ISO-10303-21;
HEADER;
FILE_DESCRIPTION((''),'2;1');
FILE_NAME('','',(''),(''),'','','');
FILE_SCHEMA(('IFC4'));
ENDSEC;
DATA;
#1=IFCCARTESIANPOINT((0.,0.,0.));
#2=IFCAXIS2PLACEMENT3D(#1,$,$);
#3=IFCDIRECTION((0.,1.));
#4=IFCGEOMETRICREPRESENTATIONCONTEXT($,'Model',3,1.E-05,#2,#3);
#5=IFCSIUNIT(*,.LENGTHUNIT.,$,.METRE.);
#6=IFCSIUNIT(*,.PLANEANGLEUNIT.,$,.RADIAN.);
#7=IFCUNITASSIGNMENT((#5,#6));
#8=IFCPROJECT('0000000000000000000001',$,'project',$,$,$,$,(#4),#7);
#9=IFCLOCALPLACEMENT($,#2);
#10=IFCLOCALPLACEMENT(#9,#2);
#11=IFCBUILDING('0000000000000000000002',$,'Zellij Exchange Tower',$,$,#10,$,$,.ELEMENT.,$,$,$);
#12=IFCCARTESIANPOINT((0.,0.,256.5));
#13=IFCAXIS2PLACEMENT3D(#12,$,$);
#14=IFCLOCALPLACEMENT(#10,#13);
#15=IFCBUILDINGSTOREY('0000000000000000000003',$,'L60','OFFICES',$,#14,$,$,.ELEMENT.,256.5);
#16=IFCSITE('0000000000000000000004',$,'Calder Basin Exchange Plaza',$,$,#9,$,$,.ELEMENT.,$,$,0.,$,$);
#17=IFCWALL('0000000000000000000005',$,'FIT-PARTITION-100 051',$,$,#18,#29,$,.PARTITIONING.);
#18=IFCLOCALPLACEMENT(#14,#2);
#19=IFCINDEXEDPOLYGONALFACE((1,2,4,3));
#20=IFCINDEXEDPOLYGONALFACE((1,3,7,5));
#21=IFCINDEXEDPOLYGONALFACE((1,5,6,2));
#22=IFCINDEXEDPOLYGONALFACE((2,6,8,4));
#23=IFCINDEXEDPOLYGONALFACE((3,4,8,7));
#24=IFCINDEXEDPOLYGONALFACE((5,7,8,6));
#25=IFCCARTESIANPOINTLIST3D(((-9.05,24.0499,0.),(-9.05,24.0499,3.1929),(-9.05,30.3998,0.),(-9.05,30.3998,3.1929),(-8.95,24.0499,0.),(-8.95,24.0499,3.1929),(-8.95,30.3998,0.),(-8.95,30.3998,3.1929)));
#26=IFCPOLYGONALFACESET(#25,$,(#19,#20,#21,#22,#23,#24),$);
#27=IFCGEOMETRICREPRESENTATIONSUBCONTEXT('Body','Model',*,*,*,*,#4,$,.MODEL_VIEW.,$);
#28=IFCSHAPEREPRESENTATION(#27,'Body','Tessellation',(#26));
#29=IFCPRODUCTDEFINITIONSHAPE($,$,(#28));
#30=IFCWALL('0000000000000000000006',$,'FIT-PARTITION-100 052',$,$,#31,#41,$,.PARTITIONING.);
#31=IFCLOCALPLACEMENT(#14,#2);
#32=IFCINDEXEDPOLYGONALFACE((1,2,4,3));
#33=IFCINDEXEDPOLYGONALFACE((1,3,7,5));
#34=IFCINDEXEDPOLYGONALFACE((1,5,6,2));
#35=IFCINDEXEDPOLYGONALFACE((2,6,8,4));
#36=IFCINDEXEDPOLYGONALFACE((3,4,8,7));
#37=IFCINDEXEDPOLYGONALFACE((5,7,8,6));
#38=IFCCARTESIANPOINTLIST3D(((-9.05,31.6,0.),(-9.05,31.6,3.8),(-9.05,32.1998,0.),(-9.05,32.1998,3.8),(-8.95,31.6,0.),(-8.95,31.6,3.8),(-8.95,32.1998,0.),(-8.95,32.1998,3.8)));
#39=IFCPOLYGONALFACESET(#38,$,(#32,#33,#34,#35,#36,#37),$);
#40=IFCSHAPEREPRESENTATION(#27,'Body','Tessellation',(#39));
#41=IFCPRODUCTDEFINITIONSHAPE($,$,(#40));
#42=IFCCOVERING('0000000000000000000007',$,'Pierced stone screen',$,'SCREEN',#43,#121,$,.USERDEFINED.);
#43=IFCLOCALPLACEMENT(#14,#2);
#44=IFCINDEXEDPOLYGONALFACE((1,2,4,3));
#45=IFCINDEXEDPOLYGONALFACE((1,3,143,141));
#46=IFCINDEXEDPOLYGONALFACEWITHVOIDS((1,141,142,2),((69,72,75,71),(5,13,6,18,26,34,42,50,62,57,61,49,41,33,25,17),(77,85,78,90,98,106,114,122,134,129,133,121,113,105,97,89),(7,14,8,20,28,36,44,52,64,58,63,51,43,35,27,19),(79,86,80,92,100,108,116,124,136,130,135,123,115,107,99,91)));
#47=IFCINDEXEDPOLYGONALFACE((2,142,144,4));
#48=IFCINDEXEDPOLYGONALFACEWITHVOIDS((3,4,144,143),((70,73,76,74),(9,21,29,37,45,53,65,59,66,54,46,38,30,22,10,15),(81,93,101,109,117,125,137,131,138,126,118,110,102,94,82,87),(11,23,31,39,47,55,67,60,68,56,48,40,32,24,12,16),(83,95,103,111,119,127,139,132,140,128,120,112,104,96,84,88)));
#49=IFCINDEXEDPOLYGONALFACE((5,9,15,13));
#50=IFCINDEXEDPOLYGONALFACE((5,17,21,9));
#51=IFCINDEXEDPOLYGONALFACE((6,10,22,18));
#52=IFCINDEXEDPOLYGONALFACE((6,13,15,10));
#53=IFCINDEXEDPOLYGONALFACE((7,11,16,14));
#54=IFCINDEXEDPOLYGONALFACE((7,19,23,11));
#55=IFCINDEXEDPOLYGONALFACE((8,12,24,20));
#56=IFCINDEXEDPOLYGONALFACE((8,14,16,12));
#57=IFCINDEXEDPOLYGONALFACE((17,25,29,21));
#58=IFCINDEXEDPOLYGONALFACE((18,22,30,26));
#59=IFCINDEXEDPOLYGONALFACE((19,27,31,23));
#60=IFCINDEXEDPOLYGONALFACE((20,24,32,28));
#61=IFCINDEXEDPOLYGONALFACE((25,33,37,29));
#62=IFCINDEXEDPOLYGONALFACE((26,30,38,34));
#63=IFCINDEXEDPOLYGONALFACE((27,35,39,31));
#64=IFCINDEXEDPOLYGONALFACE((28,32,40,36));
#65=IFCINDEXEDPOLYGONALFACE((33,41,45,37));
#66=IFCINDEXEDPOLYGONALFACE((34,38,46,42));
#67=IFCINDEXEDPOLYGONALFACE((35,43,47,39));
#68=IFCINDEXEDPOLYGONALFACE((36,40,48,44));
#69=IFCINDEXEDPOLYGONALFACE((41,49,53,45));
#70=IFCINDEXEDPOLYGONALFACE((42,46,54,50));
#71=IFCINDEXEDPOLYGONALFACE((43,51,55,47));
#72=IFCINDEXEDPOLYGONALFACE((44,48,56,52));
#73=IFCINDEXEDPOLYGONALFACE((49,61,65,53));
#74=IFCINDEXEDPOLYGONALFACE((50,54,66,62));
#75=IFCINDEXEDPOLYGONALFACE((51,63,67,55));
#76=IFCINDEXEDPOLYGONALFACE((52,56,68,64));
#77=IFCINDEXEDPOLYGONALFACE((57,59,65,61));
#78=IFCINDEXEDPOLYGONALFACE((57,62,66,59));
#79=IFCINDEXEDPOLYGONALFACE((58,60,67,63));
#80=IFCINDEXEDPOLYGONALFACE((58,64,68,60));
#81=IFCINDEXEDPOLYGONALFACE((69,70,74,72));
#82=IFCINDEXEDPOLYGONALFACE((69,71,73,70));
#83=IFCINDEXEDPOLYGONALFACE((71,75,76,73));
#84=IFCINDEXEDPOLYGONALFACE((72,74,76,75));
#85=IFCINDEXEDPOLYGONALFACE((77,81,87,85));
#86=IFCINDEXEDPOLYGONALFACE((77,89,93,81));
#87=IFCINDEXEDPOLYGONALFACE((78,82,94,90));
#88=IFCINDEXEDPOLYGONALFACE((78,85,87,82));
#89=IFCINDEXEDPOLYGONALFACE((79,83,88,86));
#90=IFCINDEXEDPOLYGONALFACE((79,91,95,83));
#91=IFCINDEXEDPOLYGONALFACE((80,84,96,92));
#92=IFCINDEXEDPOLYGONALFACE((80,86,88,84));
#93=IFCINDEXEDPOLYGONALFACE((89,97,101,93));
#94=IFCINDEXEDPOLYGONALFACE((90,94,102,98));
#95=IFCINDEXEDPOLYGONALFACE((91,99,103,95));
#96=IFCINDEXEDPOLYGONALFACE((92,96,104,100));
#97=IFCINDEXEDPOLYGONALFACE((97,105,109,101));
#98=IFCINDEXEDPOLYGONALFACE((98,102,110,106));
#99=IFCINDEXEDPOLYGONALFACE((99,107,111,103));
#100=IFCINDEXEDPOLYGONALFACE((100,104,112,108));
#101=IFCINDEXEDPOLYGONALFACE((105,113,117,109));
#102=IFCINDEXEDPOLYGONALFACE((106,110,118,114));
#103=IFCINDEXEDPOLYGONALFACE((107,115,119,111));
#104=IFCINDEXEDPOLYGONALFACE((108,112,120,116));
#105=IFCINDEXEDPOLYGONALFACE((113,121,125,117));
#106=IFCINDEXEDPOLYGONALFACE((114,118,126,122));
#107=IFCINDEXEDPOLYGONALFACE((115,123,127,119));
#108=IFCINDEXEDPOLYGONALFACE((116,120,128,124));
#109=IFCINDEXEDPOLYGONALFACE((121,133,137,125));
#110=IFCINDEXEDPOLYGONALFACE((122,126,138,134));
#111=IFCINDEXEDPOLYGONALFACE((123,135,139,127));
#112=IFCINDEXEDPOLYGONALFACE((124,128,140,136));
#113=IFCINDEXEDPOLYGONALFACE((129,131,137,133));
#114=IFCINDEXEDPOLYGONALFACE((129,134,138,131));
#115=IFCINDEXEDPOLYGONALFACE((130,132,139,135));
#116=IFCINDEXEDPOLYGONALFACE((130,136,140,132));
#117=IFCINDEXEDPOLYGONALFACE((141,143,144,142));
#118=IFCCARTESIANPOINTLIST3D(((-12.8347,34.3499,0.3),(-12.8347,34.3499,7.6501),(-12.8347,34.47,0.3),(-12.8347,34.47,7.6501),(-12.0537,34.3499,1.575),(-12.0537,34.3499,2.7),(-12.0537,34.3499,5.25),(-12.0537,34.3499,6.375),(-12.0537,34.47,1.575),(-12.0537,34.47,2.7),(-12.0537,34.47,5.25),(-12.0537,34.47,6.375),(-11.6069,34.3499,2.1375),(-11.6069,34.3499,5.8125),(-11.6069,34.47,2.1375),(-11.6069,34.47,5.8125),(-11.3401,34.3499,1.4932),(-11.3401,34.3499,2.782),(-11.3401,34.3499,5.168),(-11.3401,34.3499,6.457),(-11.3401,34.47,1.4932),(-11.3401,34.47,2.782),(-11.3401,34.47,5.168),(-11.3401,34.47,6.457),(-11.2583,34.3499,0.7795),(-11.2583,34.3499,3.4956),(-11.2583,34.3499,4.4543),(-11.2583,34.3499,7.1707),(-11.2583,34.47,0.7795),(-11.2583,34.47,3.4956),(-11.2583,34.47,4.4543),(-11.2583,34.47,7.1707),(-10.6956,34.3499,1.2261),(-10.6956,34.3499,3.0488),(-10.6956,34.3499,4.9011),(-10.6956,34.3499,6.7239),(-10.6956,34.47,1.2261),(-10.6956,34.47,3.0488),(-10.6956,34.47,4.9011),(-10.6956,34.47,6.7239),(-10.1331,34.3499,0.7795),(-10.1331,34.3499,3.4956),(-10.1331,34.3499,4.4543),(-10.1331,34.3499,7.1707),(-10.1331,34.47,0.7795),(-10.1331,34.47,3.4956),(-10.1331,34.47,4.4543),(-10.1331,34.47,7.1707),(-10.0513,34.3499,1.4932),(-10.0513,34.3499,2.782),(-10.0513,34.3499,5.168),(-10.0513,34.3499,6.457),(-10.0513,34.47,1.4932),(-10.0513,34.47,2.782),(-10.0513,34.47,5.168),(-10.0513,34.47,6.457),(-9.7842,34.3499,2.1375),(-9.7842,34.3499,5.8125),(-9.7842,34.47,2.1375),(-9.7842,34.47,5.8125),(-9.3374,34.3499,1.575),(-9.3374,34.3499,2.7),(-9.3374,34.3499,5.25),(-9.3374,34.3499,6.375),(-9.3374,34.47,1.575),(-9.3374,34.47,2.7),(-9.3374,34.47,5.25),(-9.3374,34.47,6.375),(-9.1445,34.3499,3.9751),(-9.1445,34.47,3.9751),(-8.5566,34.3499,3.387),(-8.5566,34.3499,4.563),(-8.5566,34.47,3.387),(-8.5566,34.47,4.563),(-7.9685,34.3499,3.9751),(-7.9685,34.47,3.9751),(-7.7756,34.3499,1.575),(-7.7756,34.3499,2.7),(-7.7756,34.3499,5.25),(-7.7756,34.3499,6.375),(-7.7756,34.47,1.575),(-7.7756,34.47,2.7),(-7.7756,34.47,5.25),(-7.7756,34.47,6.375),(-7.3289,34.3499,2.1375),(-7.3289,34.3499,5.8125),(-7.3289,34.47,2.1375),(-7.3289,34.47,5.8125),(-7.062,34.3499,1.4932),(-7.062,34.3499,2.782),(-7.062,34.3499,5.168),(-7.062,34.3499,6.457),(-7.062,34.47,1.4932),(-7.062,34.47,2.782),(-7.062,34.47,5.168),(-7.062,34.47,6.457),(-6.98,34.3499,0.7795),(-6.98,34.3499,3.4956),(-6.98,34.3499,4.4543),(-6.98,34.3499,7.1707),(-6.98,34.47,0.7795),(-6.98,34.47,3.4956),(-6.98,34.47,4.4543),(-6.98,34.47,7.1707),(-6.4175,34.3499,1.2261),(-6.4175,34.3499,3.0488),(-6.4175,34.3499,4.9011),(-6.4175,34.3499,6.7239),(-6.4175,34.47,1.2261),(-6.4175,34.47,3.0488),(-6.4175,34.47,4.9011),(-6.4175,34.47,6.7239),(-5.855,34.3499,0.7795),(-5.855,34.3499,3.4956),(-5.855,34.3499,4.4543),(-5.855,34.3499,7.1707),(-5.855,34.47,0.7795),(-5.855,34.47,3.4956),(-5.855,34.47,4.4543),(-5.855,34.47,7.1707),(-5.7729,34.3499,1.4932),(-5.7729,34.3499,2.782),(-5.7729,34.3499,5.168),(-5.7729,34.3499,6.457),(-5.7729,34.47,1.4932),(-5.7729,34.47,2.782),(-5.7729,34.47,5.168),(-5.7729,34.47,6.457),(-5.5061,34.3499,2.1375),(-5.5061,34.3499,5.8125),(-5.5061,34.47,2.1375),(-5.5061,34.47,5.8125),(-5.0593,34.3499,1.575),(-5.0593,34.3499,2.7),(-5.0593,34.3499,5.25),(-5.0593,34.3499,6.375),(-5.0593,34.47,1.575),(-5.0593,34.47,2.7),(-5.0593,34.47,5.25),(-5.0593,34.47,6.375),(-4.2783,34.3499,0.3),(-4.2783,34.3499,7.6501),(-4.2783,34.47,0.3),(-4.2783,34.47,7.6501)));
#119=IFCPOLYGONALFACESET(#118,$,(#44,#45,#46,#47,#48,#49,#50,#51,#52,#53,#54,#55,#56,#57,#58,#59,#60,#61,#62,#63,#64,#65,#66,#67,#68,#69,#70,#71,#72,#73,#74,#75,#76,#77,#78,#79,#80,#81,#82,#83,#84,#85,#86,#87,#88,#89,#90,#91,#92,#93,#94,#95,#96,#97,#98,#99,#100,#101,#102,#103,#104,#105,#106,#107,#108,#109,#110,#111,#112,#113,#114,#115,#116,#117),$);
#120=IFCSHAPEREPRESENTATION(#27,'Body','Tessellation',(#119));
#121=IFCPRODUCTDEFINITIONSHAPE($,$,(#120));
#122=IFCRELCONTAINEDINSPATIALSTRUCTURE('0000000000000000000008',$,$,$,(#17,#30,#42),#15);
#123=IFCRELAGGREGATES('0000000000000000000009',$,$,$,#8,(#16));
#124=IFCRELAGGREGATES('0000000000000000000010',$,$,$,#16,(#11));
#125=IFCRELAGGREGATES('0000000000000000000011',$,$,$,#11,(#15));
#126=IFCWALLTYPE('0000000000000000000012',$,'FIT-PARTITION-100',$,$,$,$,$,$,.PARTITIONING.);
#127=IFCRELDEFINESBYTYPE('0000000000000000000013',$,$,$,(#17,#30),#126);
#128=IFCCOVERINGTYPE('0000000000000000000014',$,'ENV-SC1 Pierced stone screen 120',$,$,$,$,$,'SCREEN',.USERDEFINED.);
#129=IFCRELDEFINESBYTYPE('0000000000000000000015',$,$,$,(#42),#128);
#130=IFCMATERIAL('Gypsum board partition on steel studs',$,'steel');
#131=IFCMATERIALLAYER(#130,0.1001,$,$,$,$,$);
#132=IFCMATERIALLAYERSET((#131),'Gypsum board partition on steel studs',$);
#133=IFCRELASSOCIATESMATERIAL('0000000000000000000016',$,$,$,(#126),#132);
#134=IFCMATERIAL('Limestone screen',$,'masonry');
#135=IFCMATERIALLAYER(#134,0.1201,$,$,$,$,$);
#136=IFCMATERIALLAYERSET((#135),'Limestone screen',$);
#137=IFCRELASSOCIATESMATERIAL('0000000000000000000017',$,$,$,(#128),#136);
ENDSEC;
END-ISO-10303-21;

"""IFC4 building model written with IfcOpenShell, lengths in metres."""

from ifc_helpers import new_model, si_unit, direction, frame, frame_2d, origin, place, context, subcontext, project, spatial, polyline, rectangle, outline, extrude, material, layer, layer_set, type_object, element, save


model = new_model("IFC4")

# Units and contexts
model_context = context("Model", 3, precision=1e-05, world=origin(), true_north=direction((0.0, 1.0)))
body_context = subcontext(model_context, "Body", "Model", "MODEL_VIEW")
ifc_project = project(units=[si_unit("LENGTHUNIT", "METRE"), si_unit("PLANEANGLEUNIT", "RADIAN")], contexts=[model_context])

# Site, building, storey
site_placement = place(None, origin())
site = spatial("IfcSite", under=ifc_project, at=site_placement, Name="Calder Basin Exchange Plaza", CompositionType="ELEMENT", RefElevation=0.0)
building_placement = place(site_placement, origin())
building = spatial("IfcBuilding", under=site, at=building_placement, Name="Zellij Exchange Tower", CompositionType="ELEMENT")
storey_placement = place(building_placement, frame((0.0, 0.0, 256.5)))
storey = spatial("IfcBuildingStorey", under=building, at=storey_placement, Name="L60", Description="OFFICES", CompositionType="ELEMENT", Elevation=256.5)

# Shared definitions
ifc_material_1 = material(Name="Gypsum board partition on steel studs", Category="steel")
ifc_layer_1 = layer(ifc_material_1, 0.1001)
ifc_layer_set_1 = layer_set([ifc_layer_1], Name="Gypsum board partition on steel studs")
wall_type = type_object("IfcWallType", Name="FIT-PARTITION-100", PredefinedType="PARTITIONING", material=ifc_layer_set_1)

# Walls
wall_1_placement = place(storey_placement, frame((-9.0, 24.05, 0.0), z_axis=(0.0, 0.0, 1.0), x_axis=(0.0, 1.0, 0.0)))
element("IfcWall", 1, at=wall_1_placement, inside=storey, type_object=wall_type, Name="FIT-PARTITION-100 051", PredefinedType="PARTITIONING", context=body_context, shape_type="SweptSolid", body=[
    extrude(rectangle(XDim=6.3499, YDim=0.1001, at=frame_2d((3.1748, 0.0))), origin(), (0.0, 0.0, 1.0), 3.1929),
])
wall_2_placement = place(storey_placement, frame((-9.0, 31.6001, 0.0), z_axis=(0.0, 0.0, 1.0), x_axis=(0.0, 1.0, 0.0)))
element("IfcWall", 2, at=wall_2_placement, inside=storey, type_object=wall_type, Name="FIT-PARTITION-100 052", PredefinedType="PARTITIONING", context=body_context, shape_type="SweptSolid", body=[
    extrude(rectangle(XDim=0.5999, YDim=0.1001, at=frame_2d((0.2998, 0.0))), origin(), (0.0, 0.0, 1.0), 3.8),
])

# Covering
ifc_material_2 = material(Name="Limestone screen", Category="masonry")
ifc_layer_2 = layer(ifc_material_2, 0.1201)
ifc_layer_set_2 = layer_set([ifc_layer_2], Name="Limestone screen")
covering_type = type_object("IfcCoveringType", Name="ENV-SC1 Pierced stone screen 120", ElementType="SCREEN", PredefinedType="USERDEFINED", material=ifc_layer_set_2)
covering_1_placement = place(storey_placement, frame((-4.2783, 34.4099, 0.3), z_axis=(0.0, 0.0, 1.0), x_axis=(-1.0, 0.0, 0.0)))
element("IfcCovering", 3, at=covering_1_placement, inside=storey, type_object=covering_type, Name="Pierced stone screen", ObjectType="SCREEN", PredefinedType="USERDEFINED", context=body_context, shape_type="SweptSolid", body=[
    extrude(outline(polyline([(0.0, 0.0), (8.5564, 0.0), (8.5564, 7.3501), (0.0, 7.3501), (0.0, 0.0)]), holes=[polyline([(3.4973, 2.3999), (2.7837, 2.4819), (2.7017, 3.1956), (2.1392, 2.7488), (1.5767, 3.1956), (1.4946, 2.4819), (0.781, 2.3999), (1.2278, 1.8374), (0.781, 1.2749), (1.4946, 1.1931), (1.5767, 0.4795), (2.1392, 0.926), (2.7017, 0.4795), (2.7837, 1.1931), (3.4973, 1.2749), (3.0505, 1.8374), (3.4973, 2.3999)]), polyline([(3.4973, 6.075), (2.7837, 6.157), (2.7017, 6.8706), (2.1392, 6.4238), (1.5767, 6.8706), (1.4946, 6.157), (0.781, 6.075), (1.2278, 5.5125), (0.781, 4.95), (1.4946, 4.8679), (1.5767, 4.1543), (2.1392, 4.6011), (2.7017, 4.1543), (2.7837, 4.8679), (3.4973, 4.95), (3.0505, 5.5125), (3.4973, 6.075)]), polyline([(7.7754, 2.3999), (7.0618, 2.4819), (6.98, 3.1956), (6.4172, 2.7488), (5.8547, 3.1956), (5.7729, 2.4819), (5.0591, 2.3999), (5.5059, 1.8374), (5.0591, 1.2749), (5.7729, 1.1931), (5.8547, 0.4795), (6.4172, 0.926), (6.98, 0.4795), (7.0618, 1.1931), (7.7754, 1.2749), (7.3286, 1.8374), (7.7754, 2.3999)]), polyline([(7.7754, 6.075), (7.0618, 6.157), (6.98, 6.8706), (6.4172, 6.4238), (5.8547, 6.8706), (5.7729, 6.157), (5.0591, 6.075), (5.5059, 5.5125), (5.0591, 4.95), (5.7729, 4.8679), (5.8547, 4.1543), (6.4172, 4.6011), (6.98, 4.1543), (7.0618, 4.8679), (7.7754, 4.95), (7.3286, 5.5125), (7.7754, 6.075)]), polyline([(4.8662, 3.675), (4.2783, 4.2629), (3.6902, 3.675), (4.2783, 3.0869), (4.8662, 3.675)])]), frame((0.0, 0.0601, 0.0), z_axis=(0.0, -1.0, 0.0), x_axis=(1.0, 0.0, 0.0)), (0.0, 0.0, 1.0), 0.1201),
])

save(model, "model.ifc")
